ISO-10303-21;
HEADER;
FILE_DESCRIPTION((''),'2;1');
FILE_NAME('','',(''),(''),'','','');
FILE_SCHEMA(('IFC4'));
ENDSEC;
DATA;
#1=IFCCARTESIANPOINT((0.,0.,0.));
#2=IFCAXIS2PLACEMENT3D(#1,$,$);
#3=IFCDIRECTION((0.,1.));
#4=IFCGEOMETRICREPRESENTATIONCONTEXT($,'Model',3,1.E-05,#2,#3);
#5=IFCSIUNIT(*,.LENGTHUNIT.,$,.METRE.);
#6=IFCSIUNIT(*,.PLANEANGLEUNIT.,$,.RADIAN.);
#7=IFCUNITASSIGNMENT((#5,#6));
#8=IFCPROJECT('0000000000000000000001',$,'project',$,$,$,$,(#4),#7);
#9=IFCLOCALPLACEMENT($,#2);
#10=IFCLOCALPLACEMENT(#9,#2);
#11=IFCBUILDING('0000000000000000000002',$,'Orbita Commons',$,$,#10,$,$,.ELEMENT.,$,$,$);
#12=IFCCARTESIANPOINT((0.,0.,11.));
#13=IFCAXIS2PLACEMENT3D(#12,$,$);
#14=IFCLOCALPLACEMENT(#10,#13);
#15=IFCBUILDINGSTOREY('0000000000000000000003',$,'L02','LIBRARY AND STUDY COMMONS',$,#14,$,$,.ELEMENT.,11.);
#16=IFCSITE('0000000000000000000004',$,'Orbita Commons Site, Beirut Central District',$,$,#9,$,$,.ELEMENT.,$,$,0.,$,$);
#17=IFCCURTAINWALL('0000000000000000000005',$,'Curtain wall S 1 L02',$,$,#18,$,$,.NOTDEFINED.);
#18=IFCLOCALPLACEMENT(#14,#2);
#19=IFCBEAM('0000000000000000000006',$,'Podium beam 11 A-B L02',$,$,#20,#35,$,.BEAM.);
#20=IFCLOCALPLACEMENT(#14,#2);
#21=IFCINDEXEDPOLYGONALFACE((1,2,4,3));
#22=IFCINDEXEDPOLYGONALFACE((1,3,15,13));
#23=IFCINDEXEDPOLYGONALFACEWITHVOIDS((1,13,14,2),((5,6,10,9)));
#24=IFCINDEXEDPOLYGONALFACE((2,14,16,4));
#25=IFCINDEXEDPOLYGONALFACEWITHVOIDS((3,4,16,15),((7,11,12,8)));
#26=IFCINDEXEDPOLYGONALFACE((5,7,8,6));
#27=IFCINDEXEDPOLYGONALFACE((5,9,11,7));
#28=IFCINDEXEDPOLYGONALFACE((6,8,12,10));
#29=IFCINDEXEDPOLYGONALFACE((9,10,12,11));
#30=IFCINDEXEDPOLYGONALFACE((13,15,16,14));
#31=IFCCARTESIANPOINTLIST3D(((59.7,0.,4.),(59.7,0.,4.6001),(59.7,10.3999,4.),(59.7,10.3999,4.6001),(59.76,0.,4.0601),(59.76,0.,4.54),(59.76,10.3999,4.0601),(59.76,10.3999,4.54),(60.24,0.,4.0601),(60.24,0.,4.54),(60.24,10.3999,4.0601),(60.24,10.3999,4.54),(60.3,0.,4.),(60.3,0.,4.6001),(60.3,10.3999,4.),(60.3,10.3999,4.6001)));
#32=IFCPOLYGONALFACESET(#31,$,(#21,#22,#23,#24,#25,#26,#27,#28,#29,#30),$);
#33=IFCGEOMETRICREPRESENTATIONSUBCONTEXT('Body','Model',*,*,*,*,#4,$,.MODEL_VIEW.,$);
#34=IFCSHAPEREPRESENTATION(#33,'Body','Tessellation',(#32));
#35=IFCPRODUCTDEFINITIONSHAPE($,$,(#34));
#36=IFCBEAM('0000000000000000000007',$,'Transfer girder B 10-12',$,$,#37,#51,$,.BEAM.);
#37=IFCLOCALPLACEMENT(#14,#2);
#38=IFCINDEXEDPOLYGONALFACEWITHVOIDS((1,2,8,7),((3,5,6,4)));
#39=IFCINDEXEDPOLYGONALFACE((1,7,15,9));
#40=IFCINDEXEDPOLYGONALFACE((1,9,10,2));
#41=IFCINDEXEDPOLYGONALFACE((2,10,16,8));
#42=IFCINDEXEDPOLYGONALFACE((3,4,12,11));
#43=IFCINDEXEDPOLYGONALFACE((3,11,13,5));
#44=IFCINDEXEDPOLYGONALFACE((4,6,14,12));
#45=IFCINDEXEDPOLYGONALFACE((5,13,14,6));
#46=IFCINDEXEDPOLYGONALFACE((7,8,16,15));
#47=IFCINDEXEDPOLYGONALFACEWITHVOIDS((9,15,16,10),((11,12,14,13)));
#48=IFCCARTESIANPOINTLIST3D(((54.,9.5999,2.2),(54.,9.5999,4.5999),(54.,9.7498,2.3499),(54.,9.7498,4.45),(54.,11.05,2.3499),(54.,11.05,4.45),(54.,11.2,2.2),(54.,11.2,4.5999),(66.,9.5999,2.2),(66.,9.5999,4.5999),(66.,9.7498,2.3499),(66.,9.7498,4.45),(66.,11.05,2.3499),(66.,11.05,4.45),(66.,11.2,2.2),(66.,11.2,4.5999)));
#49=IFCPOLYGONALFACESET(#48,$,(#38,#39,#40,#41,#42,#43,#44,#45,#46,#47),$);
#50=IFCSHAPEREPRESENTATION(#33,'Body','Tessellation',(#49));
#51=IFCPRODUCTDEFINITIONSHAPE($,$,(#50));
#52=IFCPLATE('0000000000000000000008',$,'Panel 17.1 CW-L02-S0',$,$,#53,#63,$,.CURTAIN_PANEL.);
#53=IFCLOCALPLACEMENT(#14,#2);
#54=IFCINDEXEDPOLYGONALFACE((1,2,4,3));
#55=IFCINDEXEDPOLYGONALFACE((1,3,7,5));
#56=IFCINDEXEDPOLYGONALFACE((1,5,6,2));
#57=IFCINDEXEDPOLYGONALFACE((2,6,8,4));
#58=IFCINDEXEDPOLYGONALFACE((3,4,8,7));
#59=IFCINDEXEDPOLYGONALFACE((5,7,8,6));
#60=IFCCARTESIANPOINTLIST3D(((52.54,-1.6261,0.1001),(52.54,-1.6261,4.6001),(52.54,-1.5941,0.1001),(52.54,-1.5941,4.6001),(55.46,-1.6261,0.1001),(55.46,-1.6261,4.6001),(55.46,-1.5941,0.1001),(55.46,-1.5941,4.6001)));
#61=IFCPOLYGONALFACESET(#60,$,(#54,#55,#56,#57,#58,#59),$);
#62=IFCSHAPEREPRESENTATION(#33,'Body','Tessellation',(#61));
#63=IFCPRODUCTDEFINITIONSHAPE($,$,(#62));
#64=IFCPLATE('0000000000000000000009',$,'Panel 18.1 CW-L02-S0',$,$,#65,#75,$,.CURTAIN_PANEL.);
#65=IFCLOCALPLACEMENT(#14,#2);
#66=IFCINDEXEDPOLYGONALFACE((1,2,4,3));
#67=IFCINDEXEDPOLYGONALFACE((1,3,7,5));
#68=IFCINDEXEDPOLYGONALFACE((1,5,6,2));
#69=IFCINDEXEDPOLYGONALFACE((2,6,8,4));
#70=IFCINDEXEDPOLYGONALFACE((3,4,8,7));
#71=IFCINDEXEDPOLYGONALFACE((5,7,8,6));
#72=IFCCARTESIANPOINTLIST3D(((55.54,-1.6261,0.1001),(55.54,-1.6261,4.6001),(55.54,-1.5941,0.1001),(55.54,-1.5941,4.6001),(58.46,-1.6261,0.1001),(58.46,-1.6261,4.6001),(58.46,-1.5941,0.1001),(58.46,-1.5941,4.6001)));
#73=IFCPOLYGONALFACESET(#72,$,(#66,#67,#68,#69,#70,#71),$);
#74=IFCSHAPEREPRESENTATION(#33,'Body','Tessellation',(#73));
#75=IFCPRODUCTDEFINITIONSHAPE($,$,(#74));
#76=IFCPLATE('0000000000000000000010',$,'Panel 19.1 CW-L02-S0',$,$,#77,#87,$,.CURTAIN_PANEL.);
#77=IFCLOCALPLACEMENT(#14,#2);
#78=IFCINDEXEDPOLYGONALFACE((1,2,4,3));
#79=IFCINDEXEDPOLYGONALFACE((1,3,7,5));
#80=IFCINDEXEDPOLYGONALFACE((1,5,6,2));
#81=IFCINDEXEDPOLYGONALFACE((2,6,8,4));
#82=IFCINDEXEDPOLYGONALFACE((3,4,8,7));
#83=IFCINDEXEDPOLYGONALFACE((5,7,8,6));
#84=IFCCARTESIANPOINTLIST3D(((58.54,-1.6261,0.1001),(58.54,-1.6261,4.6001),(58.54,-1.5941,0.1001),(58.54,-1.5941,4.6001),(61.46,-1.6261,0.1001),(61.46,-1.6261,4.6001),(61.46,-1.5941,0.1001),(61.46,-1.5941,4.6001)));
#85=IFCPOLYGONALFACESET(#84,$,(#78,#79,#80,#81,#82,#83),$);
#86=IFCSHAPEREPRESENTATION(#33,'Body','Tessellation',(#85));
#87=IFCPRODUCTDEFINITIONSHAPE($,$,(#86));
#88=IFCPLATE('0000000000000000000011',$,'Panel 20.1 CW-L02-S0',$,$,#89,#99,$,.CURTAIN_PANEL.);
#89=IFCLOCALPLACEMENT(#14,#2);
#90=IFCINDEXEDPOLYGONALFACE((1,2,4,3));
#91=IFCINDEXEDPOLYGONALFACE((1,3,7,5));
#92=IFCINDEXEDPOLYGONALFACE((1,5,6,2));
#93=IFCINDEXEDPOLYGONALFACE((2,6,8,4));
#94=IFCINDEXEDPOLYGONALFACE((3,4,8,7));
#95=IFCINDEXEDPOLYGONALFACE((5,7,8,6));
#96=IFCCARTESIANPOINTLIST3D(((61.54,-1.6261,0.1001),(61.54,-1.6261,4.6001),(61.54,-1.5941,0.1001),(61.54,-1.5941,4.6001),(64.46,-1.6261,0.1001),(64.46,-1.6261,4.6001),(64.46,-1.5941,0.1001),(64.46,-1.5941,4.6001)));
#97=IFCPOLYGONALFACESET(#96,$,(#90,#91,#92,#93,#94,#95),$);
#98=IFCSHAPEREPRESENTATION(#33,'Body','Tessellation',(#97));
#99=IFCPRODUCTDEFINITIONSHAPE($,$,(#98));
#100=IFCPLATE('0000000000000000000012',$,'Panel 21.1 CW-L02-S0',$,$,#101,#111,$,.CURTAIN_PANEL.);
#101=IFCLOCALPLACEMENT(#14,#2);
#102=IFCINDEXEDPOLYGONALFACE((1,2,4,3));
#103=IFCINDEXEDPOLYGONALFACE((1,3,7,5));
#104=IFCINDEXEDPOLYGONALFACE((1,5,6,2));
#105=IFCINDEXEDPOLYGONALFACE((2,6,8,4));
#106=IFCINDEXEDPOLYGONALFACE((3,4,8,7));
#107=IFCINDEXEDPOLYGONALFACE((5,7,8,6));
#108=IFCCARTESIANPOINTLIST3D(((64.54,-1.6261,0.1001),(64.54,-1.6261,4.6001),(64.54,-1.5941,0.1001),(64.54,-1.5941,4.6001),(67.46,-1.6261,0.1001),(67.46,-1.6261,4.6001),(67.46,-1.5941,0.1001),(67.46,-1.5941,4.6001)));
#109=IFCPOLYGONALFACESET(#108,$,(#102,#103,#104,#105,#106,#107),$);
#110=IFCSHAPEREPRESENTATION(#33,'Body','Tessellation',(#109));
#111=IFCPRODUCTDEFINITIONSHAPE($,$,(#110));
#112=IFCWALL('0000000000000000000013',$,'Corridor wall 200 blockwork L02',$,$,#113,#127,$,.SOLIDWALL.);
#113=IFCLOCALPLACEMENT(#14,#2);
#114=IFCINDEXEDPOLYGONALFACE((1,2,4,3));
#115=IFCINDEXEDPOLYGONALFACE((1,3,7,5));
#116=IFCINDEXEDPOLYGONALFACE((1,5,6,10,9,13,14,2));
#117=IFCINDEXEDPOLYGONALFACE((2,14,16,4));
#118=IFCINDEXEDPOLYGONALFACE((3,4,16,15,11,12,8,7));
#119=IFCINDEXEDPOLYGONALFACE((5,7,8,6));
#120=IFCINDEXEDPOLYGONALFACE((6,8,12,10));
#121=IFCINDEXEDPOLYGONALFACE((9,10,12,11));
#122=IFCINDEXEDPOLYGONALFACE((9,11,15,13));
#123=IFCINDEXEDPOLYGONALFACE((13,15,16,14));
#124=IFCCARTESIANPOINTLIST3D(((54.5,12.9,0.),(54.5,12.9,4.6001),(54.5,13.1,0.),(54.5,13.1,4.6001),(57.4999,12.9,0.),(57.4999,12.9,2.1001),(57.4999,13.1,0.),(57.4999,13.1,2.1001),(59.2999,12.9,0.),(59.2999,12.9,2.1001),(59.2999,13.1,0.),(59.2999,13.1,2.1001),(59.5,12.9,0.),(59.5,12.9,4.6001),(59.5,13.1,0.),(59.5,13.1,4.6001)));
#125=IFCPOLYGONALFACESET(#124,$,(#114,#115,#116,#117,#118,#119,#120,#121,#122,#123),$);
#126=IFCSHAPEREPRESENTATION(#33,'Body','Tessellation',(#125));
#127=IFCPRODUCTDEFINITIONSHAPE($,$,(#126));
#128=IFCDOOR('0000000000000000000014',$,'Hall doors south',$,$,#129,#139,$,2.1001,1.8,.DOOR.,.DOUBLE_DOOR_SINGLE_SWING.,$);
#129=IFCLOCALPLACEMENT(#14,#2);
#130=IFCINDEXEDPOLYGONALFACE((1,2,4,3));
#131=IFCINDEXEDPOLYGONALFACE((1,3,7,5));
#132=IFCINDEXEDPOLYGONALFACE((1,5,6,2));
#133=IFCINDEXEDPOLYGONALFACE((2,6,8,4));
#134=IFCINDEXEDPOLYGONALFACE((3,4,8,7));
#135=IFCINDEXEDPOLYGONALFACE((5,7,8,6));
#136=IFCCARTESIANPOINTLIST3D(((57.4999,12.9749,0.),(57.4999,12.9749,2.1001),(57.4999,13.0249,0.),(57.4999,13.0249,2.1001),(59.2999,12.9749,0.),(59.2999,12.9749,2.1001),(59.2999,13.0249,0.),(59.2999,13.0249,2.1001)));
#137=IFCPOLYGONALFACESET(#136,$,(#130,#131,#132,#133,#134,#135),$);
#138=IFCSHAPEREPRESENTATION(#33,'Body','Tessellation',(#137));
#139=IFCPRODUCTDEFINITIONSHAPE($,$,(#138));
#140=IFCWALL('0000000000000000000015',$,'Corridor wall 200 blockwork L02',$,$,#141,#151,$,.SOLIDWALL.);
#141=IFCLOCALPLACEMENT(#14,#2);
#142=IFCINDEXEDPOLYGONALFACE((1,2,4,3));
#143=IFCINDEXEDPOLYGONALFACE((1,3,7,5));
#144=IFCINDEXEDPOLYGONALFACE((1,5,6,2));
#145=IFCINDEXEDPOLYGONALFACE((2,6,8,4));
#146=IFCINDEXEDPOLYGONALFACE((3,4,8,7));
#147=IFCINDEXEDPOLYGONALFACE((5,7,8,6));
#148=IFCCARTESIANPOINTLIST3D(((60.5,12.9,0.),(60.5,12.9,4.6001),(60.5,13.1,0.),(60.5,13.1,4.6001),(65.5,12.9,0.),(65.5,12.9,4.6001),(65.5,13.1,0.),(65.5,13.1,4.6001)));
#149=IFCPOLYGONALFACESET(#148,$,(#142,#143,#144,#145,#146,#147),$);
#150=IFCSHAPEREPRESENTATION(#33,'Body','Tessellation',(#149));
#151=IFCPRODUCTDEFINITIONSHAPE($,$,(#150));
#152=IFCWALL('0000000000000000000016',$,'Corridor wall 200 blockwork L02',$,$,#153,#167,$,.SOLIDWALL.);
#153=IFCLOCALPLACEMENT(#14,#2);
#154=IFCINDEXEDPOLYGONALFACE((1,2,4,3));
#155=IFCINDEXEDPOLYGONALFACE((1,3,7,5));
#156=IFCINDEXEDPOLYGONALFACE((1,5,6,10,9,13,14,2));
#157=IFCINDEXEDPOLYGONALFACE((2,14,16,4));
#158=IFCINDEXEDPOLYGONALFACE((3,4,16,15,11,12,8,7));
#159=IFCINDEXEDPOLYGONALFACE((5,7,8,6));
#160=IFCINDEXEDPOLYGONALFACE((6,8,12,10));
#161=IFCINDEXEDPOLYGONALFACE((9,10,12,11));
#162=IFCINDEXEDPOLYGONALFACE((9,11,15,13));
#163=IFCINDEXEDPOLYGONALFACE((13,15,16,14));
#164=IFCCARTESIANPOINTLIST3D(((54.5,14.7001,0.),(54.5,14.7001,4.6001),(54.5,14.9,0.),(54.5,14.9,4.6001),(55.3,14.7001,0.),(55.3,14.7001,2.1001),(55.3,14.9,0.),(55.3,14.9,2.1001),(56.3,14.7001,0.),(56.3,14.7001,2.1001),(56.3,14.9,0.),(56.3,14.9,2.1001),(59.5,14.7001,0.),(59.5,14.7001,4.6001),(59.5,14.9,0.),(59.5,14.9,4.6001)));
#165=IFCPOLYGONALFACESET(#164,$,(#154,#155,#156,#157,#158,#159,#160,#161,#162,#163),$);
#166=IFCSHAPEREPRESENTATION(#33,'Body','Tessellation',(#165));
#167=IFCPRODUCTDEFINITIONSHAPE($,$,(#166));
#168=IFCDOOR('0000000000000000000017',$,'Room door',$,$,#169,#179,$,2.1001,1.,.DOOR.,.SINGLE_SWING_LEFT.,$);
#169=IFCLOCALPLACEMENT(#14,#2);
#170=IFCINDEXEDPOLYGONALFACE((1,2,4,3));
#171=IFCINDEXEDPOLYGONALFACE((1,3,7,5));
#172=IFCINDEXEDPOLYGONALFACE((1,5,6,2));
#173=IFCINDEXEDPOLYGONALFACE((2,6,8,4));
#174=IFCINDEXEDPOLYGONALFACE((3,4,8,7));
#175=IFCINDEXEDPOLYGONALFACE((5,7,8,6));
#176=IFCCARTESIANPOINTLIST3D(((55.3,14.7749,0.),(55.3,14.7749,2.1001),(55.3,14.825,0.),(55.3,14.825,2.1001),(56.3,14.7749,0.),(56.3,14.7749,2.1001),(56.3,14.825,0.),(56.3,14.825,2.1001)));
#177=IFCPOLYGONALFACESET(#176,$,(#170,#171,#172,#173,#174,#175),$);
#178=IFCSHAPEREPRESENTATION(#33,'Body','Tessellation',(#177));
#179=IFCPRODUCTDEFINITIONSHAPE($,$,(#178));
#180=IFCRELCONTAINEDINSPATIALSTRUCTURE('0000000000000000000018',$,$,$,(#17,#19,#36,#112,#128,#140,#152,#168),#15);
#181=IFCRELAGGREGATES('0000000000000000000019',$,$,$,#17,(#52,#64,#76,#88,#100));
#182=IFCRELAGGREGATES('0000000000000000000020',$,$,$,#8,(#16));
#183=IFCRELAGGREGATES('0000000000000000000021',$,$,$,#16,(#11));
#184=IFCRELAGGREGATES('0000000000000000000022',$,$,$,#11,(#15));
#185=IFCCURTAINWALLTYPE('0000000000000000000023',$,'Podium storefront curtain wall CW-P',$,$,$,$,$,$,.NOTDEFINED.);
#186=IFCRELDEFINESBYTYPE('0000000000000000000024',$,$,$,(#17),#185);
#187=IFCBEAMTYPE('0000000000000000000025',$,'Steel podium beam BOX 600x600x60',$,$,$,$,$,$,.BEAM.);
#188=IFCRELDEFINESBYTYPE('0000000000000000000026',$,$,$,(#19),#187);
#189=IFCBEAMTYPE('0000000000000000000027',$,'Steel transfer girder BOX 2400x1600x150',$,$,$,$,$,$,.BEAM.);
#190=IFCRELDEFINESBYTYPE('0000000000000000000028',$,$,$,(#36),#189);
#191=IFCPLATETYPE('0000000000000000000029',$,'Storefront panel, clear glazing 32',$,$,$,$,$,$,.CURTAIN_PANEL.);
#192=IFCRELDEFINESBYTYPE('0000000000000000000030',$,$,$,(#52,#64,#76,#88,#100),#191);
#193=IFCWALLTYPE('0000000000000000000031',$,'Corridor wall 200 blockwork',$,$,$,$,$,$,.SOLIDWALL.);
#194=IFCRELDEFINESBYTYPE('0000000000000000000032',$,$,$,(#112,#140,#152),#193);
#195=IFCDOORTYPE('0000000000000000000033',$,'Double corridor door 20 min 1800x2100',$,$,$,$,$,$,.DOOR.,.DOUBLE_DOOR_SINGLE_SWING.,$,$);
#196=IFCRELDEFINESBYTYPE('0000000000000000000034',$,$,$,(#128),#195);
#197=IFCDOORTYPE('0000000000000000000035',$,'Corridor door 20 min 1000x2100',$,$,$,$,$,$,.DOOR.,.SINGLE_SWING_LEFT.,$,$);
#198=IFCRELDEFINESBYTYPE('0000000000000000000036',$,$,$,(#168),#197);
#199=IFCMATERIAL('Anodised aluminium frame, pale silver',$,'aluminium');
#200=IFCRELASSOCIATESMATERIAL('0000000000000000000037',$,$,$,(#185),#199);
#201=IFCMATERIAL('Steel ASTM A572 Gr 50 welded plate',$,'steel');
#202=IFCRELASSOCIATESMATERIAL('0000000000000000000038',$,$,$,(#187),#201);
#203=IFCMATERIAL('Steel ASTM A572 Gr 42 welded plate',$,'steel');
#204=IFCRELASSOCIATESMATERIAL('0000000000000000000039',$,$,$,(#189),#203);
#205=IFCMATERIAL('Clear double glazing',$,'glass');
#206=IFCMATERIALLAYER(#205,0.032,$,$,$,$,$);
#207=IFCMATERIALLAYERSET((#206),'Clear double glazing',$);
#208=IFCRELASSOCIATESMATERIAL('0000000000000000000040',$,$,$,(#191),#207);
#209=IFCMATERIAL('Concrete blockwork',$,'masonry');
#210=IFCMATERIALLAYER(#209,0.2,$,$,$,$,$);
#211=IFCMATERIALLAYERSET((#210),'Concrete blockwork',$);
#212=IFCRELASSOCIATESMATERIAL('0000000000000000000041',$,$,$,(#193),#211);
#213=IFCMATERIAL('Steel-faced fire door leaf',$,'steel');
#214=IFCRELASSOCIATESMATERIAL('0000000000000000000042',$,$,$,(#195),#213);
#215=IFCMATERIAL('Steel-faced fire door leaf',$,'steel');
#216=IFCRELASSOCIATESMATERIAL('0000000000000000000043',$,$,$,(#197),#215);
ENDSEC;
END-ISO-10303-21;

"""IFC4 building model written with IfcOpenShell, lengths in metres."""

from ifc_helpers import new_model, si_unit, direction, frame, frame_2d, origin, origin_2d, place, context, subcontext, project, spatial, rectangle, hollow_rectangle, extrude, material, layer, layer_set, material_profile, profile_set, type_object, element, fill, aggregate, save


model = new_model("IFC4")

# Units and contexts
model_context = context("Model", 3, precision=1e-05, world=origin(), true_north=direction((0.0, 1.0)))
body_context = subcontext(model_context, "Body", "Model", "MODEL_VIEW")
ifc_project = project(units=[si_unit("LENGTHUNIT", "METRE"), si_unit("PLANEANGLEUNIT", "RADIAN")], contexts=[model_context])

# Site, building, storey
site_placement = place(None, origin())
site = spatial("IfcSite", under=ifc_project, at=site_placement, Name="Orbita Commons Site, Beirut Central District", CompositionType="ELEMENT", RefElevation=0.0)
building_placement = place(site_placement, origin())
building = spatial("IfcBuilding", under=site, at=building_placement, Name="Orbita Commons", CompositionType="ELEMENT")
storey_placement = place(building_placement, frame((0.0, 0.0, 11.0)))
storey = spatial("IfcBuildingStorey", under=building, at=storey_placement, Name="L02", Description="LIBRARY AND STUDY COMMONS", CompositionType="ELEMENT", Elevation=11.0)

# Curtain wall
ifc_material_1 = material(Name="Anodised aluminium frame, pale silver", Category="aluminium")
curtain_wall_type = type_object("IfcCurtainWallType", Name="Podium storefront curtain wall CW-P", PredefinedType="NOTDEFINED", material=ifc_material_1)
curtain_wall_placement = place(storey_placement, origin())
curtain_wall = element("IfcCurtainWall", 1, at=curtain_wall_placement, inside=storey, type_object=curtain_wall_type, Name="Curtain wall S 1 L02", PredefinedType="NOTDEFINED")

# Beams
ifc_material_2 = material(Name="Steel ASTM A572 Gr 50 welded plate", Category="steel")
ifc_material_profile_1 = material_profile(ifc_material_2, hollow_rectangle(XDim=0.6001, YDim=0.6001, WallThickness=0.0601, at=origin_2d()), Name="BOX 600x600x60")
ifc_profile_set_1 = profile_set([ifc_material_profile_1], Name="Steel ASTM A572 Gr 50 welded plate")
beam_type_1 = type_object("IfcBeamType", Name="Steel podium beam BOX 600x600x60", PredefinedType="BEAM", material=ifc_profile_set_1)
beam_1_placement = place(storey_placement, frame((60.0, 0.0, 4.3), z_axis=(0.0, 1.0, 0.0), x_axis=(-1.0, 0.0, 0.0)))
element("IfcBeam", 2, at=beam_1_placement, inside=storey, type_object=beam_type_1, Name="Podium beam 11 A-B L02", PredefinedType="BEAM", context=body_context, shape_type="SweptSolid", body=[
    extrude(hollow_rectangle(XDim=0.6001, YDim=0.6001, WallThickness=0.0601, at=origin_2d()), origin(), (0.0, 0.0, 1.0), 10.3999),
])
ifc_material_3 = material(Name="Steel ASTM A572 Gr 42 welded plate", Category="steel")
ifc_material_profile_2 = material_profile(ifc_material_3, hollow_rectangle(XDim=1.6001, YDim=2.3999, WallThickness=0.1499, at=origin_2d()), Name="BOX 2400x1600x150")
ifc_profile_set_2 = profile_set([ifc_material_profile_2], Name="Steel ASTM A572 Gr 42 welded plate")
beam_type_2 = type_object("IfcBeamType", Name="Steel transfer girder BOX 2400x1600x150", PredefinedType="BEAM", material=ifc_profile_set_2)
beam_2_placement = place(storey_placement, frame((54.0, 10.3999, 3.3999), z_axis=(1.0, 0.0, 0.0), x_axis=(0.0, 1.0, 0.0)))
element("IfcBeam", 3, at=beam_2_placement, inside=storey, type_object=beam_type_2, Name="Transfer girder B 10-12", PredefinedType="BEAM", context=body_context, shape_type="SweptSolid", body=[
    extrude(hollow_rectangle(XDim=1.6001, YDim=2.3999, WallThickness=0.1499, at=origin_2d()), origin(), (0.0, 0.0, 1.0), 12.0),
])

# Plates
ifc_material_4 = material(Name="Clear double glazing", Category="glass")
ifc_layer_1 = layer(ifc_material_4, 0.032)
ifc_layer_set_1 = layer_set([ifc_layer_1], Name="Clear double glazing")
plate_type = type_object("IfcPlateType", Name="Storefront panel, clear glazing 32", PredefinedType="CURTAIN_PANEL", material=ifc_layer_set_1)
plate_1_placement = place(storey_placement, frame((54.0, -1.6101, 0.1001), z_axis=(0.0, 0.0, 1.0), x_axis=(1.0, 0.0, 0.0)))
plate_1 = element("IfcPlate", 4, at=plate_1_placement, type_object=plate_type, Name="Panel 17.1 CW-L02-S0", PredefinedType="CURTAIN_PANEL", context=body_context, shape_type="SweptSolid", body=[
    extrude(rectangle(XDim=2.9199, YDim=0.032, at=origin_2d()), origin(), (0.0, 0.0, 1.0), 4.5),
])
plate_2_placement = place(storey_placement, frame((57.0, -1.6101, 0.1001), z_axis=(0.0, 0.0, 1.0), x_axis=(1.0, 0.0, 0.0)))
plate_2 = element("IfcPlate", 5, at=plate_2_placement, type_object=plate_type, Name="Panel 18.1 CW-L02-S0", PredefinedType="CURTAIN_PANEL", context=body_context, shape_type="SweptSolid", body=[
    extrude(rectangle(XDim=2.9199, YDim=0.032, at=origin_2d()), origin(), (0.0, 0.0, 1.0), 4.5),
])
plate_3_placement = place(storey_placement, frame((60.0, -1.6101, 0.1001), z_axis=(0.0, 0.0, 1.0), x_axis=(1.0, 0.0, 0.0)))
plate_3 = element("IfcPlate", 6, at=plate_3_placement, type_object=plate_type, Name="Panel 19.1 CW-L02-S0", PredefinedType="CURTAIN_PANEL", context=body_context, shape_type="SweptSolid", body=[
    extrude(rectangle(XDim=2.9199, YDim=0.032, at=origin_2d()), origin(), (0.0, 0.0, 1.0), 4.5),
])
plate_4_placement = place(storey_placement, frame((63.0, -1.6101, 0.1001), z_axis=(0.0, 0.0, 1.0), x_axis=(1.0, 0.0, 0.0)))
plate_4 = element("IfcPlate", 7, at=plate_4_placement, type_object=plate_type, Name="Panel 20.1 CW-L02-S0", PredefinedType="CURTAIN_PANEL", context=body_context, shape_type="SweptSolid", body=[
    extrude(rectangle(XDim=2.9199, YDim=0.032, at=origin_2d()), origin(), (0.0, 0.0, 1.0), 4.5),
])
plate_5_placement = place(storey_placement, frame((66.0, -1.6101, 0.1001), z_axis=(0.0, 0.0, 1.0), x_axis=(1.0, 0.0, 0.0)))
plate_5 = element("IfcPlate", 8, at=plate_5_placement, type_object=plate_type, Name="Panel 21.1 CW-L02-S0", PredefinedType="CURTAIN_PANEL", context=body_context, shape_type="SweptSolid", body=[
    extrude(rectangle(XDim=2.9199, YDim=0.032, at=origin_2d()), origin(), (0.0, 0.0, 1.0), 4.5),
])
aggregate(curtain_wall, [plate_1, plate_2, plate_3, plate_4, plate_5])

# Wall, opening, door
ifc_material_5 = material(Name="Concrete blockwork", Category="masonry")
ifc_layer_2 = layer(ifc_material_5, 0.2)
ifc_layer_set_2 = layer_set([ifc_layer_2], Name="Concrete blockwork")
wall_type_1 = type_object("IfcWallType", Name="Corridor wall 200 blockwork", PredefinedType="SOLIDWALL", material=ifc_layer_set_2)
wall_1_placement = place(storey_placement, frame((54.5, 13.0, 0.0), z_axis=(0.0, 0.0, 1.0), x_axis=(1.0, 0.0, 0.0)))
wall_1 = element("IfcWall", 9, at=wall_1_placement, inside=storey, type_object=wall_type_1, Name="Corridor wall 200 blockwork L02", PredefinedType="SOLIDWALL", context=body_context, shape_type="SweptSolid", body=[
    extrude(rectangle(XDim=5.0, YDim=0.2, at=frame_2d((2.5, 0.0))), origin(), (0.0, 0.0, 1.0), 4.6001),
])
opening_1_placement = place(wall_1_placement, frame((3.0, 0.0, 0.0)))
opening_1 = element("IfcOpeningElement", 10, at=opening_1_placement, cuts=wall_1, PredefinedType="OPENING", context=body_context, shape_type="SweptSolid", body=[
    extrude(rectangle(XDim=1.8, YDim=2.1001, at=frame_2d((0.8999, 1.05))), frame((0.0, 0.1099, 0.0), z_axis=(0.0, -1.0, 0.0), x_axis=(1.0, 0.0, 0.0)), (0.0, 0.0, 1.0), 0.22),
])
ifc_material_6 = material(Name="Steel-faced fire door leaf", Category="steel")
door_type_1 = type_object("IfcDoorType", Name="Double corridor door 20 min 1800x2100", OperationType="DOUBLE_DOOR_SINGLE_SWING", PredefinedType="DOOR", material=ifc_material_6)
door_1_placement = place(opening_1_placement, origin())
door_1 = element("IfcDoor", 11, at=door_1_placement, inside=storey, type_object=door_type_1, Name="Hall doors south", OperationType="DOUBLE_DOOR_SINGLE_SWING", OverallHeight=2.1001, OverallWidth=1.8, PredefinedType="DOOR", context=body_context, shape_type="SweptSolid", body=[
    extrude(rectangle(XDim=1.8, YDim=2.1001, at=frame_2d((0.8999, 1.05))), frame((0.0, 0.0249, 0.0), z_axis=(0.0, -1.0, 0.0), x_axis=(1.0, 0.0, 0.0)), (0.0, 0.0, 1.0), 0.05),
])
fill(opening_1, door_1)

# Wall
wall_2_placement = place(storey_placement, frame((60.5, 13.0, 0.0), z_axis=(0.0, 0.0, 1.0), x_axis=(1.0, 0.0, 0.0)))
element("IfcWall", 12, at=wall_2_placement, inside=storey, type_object=wall_type_1, Name="Corridor wall 200 blockwork L02", PredefinedType="SOLIDWALL", context=body_context, shape_type="SweptSolid", body=[
    extrude(rectangle(XDim=5.0, YDim=0.2, at=frame_2d((2.5, 0.0))), origin(), (0.0, 0.0, 1.0), 4.6001),
])

# Wall, opening, door
wall_3_placement = place(storey_placement, frame((54.5, 14.8, 0.0), z_axis=(0.0, 0.0, 1.0), x_axis=(1.0, 0.0, 0.0)))
wall_3 = element("IfcWall", 13, at=wall_3_placement, inside=storey, type_object=wall_type_1, Name="Corridor wall 200 blockwork L02", PredefinedType="SOLIDWALL", context=body_context, shape_type="SweptSolid", body=[
    extrude(rectangle(XDim=5.0, YDim=0.2, at=frame_2d((2.5, 0.0))), origin(), (0.0, 0.0, 1.0), 4.6001),
])
opening_2_placement = place(wall_3_placement, frame((0.8, 0.0, 0.0)))
opening_2 = element("IfcOpeningElement", 14, at=opening_2_placement, cuts=wall_3, PredefinedType="OPENING", context=body_context, shape_type="SweptSolid", body=[
    extrude(rectangle(XDim=1.0, YDim=2.1001, at=frame_2d((0.5, 1.05))), frame((0.0, 0.1099, 0.0), z_axis=(0.0, -1.0, 0.0), x_axis=(1.0, 0.0, 0.0)), (0.0, 0.0, 1.0), 0.22),
])
ifc_material_7 = material(Name="Steel-faced fire door leaf", Category="steel")
door_type_2 = type_object("IfcDoorType", Name="Corridor door 20 min 1000x2100", OperationType="SINGLE_SWING_LEFT", PredefinedType="DOOR", material=ifc_material_7)
door_2_placement = place(opening_2_placement, origin())
door_2 = element("IfcDoor", 15, at=door_2_placement, inside=storey, type_object=door_type_2, Name="Room door", OperationType="SINGLE_SWING_LEFT", OverallHeight=2.1001, OverallWidth=1.0, PredefinedType="DOOR", context=body_context, shape_type="SweptSolid", body=[
    extrude(rectangle(XDim=1.0, YDim=2.1001, at=frame_2d((0.5, 1.05))), frame((0.0, 0.0249, 0.0), z_axis=(0.0, -1.0, 0.0), x_axis=(1.0, 0.0, 0.0)), (0.0, 0.0, 1.0), 0.05),
])
fill(opening_2, door_2)

save(model, "model.ifc")
